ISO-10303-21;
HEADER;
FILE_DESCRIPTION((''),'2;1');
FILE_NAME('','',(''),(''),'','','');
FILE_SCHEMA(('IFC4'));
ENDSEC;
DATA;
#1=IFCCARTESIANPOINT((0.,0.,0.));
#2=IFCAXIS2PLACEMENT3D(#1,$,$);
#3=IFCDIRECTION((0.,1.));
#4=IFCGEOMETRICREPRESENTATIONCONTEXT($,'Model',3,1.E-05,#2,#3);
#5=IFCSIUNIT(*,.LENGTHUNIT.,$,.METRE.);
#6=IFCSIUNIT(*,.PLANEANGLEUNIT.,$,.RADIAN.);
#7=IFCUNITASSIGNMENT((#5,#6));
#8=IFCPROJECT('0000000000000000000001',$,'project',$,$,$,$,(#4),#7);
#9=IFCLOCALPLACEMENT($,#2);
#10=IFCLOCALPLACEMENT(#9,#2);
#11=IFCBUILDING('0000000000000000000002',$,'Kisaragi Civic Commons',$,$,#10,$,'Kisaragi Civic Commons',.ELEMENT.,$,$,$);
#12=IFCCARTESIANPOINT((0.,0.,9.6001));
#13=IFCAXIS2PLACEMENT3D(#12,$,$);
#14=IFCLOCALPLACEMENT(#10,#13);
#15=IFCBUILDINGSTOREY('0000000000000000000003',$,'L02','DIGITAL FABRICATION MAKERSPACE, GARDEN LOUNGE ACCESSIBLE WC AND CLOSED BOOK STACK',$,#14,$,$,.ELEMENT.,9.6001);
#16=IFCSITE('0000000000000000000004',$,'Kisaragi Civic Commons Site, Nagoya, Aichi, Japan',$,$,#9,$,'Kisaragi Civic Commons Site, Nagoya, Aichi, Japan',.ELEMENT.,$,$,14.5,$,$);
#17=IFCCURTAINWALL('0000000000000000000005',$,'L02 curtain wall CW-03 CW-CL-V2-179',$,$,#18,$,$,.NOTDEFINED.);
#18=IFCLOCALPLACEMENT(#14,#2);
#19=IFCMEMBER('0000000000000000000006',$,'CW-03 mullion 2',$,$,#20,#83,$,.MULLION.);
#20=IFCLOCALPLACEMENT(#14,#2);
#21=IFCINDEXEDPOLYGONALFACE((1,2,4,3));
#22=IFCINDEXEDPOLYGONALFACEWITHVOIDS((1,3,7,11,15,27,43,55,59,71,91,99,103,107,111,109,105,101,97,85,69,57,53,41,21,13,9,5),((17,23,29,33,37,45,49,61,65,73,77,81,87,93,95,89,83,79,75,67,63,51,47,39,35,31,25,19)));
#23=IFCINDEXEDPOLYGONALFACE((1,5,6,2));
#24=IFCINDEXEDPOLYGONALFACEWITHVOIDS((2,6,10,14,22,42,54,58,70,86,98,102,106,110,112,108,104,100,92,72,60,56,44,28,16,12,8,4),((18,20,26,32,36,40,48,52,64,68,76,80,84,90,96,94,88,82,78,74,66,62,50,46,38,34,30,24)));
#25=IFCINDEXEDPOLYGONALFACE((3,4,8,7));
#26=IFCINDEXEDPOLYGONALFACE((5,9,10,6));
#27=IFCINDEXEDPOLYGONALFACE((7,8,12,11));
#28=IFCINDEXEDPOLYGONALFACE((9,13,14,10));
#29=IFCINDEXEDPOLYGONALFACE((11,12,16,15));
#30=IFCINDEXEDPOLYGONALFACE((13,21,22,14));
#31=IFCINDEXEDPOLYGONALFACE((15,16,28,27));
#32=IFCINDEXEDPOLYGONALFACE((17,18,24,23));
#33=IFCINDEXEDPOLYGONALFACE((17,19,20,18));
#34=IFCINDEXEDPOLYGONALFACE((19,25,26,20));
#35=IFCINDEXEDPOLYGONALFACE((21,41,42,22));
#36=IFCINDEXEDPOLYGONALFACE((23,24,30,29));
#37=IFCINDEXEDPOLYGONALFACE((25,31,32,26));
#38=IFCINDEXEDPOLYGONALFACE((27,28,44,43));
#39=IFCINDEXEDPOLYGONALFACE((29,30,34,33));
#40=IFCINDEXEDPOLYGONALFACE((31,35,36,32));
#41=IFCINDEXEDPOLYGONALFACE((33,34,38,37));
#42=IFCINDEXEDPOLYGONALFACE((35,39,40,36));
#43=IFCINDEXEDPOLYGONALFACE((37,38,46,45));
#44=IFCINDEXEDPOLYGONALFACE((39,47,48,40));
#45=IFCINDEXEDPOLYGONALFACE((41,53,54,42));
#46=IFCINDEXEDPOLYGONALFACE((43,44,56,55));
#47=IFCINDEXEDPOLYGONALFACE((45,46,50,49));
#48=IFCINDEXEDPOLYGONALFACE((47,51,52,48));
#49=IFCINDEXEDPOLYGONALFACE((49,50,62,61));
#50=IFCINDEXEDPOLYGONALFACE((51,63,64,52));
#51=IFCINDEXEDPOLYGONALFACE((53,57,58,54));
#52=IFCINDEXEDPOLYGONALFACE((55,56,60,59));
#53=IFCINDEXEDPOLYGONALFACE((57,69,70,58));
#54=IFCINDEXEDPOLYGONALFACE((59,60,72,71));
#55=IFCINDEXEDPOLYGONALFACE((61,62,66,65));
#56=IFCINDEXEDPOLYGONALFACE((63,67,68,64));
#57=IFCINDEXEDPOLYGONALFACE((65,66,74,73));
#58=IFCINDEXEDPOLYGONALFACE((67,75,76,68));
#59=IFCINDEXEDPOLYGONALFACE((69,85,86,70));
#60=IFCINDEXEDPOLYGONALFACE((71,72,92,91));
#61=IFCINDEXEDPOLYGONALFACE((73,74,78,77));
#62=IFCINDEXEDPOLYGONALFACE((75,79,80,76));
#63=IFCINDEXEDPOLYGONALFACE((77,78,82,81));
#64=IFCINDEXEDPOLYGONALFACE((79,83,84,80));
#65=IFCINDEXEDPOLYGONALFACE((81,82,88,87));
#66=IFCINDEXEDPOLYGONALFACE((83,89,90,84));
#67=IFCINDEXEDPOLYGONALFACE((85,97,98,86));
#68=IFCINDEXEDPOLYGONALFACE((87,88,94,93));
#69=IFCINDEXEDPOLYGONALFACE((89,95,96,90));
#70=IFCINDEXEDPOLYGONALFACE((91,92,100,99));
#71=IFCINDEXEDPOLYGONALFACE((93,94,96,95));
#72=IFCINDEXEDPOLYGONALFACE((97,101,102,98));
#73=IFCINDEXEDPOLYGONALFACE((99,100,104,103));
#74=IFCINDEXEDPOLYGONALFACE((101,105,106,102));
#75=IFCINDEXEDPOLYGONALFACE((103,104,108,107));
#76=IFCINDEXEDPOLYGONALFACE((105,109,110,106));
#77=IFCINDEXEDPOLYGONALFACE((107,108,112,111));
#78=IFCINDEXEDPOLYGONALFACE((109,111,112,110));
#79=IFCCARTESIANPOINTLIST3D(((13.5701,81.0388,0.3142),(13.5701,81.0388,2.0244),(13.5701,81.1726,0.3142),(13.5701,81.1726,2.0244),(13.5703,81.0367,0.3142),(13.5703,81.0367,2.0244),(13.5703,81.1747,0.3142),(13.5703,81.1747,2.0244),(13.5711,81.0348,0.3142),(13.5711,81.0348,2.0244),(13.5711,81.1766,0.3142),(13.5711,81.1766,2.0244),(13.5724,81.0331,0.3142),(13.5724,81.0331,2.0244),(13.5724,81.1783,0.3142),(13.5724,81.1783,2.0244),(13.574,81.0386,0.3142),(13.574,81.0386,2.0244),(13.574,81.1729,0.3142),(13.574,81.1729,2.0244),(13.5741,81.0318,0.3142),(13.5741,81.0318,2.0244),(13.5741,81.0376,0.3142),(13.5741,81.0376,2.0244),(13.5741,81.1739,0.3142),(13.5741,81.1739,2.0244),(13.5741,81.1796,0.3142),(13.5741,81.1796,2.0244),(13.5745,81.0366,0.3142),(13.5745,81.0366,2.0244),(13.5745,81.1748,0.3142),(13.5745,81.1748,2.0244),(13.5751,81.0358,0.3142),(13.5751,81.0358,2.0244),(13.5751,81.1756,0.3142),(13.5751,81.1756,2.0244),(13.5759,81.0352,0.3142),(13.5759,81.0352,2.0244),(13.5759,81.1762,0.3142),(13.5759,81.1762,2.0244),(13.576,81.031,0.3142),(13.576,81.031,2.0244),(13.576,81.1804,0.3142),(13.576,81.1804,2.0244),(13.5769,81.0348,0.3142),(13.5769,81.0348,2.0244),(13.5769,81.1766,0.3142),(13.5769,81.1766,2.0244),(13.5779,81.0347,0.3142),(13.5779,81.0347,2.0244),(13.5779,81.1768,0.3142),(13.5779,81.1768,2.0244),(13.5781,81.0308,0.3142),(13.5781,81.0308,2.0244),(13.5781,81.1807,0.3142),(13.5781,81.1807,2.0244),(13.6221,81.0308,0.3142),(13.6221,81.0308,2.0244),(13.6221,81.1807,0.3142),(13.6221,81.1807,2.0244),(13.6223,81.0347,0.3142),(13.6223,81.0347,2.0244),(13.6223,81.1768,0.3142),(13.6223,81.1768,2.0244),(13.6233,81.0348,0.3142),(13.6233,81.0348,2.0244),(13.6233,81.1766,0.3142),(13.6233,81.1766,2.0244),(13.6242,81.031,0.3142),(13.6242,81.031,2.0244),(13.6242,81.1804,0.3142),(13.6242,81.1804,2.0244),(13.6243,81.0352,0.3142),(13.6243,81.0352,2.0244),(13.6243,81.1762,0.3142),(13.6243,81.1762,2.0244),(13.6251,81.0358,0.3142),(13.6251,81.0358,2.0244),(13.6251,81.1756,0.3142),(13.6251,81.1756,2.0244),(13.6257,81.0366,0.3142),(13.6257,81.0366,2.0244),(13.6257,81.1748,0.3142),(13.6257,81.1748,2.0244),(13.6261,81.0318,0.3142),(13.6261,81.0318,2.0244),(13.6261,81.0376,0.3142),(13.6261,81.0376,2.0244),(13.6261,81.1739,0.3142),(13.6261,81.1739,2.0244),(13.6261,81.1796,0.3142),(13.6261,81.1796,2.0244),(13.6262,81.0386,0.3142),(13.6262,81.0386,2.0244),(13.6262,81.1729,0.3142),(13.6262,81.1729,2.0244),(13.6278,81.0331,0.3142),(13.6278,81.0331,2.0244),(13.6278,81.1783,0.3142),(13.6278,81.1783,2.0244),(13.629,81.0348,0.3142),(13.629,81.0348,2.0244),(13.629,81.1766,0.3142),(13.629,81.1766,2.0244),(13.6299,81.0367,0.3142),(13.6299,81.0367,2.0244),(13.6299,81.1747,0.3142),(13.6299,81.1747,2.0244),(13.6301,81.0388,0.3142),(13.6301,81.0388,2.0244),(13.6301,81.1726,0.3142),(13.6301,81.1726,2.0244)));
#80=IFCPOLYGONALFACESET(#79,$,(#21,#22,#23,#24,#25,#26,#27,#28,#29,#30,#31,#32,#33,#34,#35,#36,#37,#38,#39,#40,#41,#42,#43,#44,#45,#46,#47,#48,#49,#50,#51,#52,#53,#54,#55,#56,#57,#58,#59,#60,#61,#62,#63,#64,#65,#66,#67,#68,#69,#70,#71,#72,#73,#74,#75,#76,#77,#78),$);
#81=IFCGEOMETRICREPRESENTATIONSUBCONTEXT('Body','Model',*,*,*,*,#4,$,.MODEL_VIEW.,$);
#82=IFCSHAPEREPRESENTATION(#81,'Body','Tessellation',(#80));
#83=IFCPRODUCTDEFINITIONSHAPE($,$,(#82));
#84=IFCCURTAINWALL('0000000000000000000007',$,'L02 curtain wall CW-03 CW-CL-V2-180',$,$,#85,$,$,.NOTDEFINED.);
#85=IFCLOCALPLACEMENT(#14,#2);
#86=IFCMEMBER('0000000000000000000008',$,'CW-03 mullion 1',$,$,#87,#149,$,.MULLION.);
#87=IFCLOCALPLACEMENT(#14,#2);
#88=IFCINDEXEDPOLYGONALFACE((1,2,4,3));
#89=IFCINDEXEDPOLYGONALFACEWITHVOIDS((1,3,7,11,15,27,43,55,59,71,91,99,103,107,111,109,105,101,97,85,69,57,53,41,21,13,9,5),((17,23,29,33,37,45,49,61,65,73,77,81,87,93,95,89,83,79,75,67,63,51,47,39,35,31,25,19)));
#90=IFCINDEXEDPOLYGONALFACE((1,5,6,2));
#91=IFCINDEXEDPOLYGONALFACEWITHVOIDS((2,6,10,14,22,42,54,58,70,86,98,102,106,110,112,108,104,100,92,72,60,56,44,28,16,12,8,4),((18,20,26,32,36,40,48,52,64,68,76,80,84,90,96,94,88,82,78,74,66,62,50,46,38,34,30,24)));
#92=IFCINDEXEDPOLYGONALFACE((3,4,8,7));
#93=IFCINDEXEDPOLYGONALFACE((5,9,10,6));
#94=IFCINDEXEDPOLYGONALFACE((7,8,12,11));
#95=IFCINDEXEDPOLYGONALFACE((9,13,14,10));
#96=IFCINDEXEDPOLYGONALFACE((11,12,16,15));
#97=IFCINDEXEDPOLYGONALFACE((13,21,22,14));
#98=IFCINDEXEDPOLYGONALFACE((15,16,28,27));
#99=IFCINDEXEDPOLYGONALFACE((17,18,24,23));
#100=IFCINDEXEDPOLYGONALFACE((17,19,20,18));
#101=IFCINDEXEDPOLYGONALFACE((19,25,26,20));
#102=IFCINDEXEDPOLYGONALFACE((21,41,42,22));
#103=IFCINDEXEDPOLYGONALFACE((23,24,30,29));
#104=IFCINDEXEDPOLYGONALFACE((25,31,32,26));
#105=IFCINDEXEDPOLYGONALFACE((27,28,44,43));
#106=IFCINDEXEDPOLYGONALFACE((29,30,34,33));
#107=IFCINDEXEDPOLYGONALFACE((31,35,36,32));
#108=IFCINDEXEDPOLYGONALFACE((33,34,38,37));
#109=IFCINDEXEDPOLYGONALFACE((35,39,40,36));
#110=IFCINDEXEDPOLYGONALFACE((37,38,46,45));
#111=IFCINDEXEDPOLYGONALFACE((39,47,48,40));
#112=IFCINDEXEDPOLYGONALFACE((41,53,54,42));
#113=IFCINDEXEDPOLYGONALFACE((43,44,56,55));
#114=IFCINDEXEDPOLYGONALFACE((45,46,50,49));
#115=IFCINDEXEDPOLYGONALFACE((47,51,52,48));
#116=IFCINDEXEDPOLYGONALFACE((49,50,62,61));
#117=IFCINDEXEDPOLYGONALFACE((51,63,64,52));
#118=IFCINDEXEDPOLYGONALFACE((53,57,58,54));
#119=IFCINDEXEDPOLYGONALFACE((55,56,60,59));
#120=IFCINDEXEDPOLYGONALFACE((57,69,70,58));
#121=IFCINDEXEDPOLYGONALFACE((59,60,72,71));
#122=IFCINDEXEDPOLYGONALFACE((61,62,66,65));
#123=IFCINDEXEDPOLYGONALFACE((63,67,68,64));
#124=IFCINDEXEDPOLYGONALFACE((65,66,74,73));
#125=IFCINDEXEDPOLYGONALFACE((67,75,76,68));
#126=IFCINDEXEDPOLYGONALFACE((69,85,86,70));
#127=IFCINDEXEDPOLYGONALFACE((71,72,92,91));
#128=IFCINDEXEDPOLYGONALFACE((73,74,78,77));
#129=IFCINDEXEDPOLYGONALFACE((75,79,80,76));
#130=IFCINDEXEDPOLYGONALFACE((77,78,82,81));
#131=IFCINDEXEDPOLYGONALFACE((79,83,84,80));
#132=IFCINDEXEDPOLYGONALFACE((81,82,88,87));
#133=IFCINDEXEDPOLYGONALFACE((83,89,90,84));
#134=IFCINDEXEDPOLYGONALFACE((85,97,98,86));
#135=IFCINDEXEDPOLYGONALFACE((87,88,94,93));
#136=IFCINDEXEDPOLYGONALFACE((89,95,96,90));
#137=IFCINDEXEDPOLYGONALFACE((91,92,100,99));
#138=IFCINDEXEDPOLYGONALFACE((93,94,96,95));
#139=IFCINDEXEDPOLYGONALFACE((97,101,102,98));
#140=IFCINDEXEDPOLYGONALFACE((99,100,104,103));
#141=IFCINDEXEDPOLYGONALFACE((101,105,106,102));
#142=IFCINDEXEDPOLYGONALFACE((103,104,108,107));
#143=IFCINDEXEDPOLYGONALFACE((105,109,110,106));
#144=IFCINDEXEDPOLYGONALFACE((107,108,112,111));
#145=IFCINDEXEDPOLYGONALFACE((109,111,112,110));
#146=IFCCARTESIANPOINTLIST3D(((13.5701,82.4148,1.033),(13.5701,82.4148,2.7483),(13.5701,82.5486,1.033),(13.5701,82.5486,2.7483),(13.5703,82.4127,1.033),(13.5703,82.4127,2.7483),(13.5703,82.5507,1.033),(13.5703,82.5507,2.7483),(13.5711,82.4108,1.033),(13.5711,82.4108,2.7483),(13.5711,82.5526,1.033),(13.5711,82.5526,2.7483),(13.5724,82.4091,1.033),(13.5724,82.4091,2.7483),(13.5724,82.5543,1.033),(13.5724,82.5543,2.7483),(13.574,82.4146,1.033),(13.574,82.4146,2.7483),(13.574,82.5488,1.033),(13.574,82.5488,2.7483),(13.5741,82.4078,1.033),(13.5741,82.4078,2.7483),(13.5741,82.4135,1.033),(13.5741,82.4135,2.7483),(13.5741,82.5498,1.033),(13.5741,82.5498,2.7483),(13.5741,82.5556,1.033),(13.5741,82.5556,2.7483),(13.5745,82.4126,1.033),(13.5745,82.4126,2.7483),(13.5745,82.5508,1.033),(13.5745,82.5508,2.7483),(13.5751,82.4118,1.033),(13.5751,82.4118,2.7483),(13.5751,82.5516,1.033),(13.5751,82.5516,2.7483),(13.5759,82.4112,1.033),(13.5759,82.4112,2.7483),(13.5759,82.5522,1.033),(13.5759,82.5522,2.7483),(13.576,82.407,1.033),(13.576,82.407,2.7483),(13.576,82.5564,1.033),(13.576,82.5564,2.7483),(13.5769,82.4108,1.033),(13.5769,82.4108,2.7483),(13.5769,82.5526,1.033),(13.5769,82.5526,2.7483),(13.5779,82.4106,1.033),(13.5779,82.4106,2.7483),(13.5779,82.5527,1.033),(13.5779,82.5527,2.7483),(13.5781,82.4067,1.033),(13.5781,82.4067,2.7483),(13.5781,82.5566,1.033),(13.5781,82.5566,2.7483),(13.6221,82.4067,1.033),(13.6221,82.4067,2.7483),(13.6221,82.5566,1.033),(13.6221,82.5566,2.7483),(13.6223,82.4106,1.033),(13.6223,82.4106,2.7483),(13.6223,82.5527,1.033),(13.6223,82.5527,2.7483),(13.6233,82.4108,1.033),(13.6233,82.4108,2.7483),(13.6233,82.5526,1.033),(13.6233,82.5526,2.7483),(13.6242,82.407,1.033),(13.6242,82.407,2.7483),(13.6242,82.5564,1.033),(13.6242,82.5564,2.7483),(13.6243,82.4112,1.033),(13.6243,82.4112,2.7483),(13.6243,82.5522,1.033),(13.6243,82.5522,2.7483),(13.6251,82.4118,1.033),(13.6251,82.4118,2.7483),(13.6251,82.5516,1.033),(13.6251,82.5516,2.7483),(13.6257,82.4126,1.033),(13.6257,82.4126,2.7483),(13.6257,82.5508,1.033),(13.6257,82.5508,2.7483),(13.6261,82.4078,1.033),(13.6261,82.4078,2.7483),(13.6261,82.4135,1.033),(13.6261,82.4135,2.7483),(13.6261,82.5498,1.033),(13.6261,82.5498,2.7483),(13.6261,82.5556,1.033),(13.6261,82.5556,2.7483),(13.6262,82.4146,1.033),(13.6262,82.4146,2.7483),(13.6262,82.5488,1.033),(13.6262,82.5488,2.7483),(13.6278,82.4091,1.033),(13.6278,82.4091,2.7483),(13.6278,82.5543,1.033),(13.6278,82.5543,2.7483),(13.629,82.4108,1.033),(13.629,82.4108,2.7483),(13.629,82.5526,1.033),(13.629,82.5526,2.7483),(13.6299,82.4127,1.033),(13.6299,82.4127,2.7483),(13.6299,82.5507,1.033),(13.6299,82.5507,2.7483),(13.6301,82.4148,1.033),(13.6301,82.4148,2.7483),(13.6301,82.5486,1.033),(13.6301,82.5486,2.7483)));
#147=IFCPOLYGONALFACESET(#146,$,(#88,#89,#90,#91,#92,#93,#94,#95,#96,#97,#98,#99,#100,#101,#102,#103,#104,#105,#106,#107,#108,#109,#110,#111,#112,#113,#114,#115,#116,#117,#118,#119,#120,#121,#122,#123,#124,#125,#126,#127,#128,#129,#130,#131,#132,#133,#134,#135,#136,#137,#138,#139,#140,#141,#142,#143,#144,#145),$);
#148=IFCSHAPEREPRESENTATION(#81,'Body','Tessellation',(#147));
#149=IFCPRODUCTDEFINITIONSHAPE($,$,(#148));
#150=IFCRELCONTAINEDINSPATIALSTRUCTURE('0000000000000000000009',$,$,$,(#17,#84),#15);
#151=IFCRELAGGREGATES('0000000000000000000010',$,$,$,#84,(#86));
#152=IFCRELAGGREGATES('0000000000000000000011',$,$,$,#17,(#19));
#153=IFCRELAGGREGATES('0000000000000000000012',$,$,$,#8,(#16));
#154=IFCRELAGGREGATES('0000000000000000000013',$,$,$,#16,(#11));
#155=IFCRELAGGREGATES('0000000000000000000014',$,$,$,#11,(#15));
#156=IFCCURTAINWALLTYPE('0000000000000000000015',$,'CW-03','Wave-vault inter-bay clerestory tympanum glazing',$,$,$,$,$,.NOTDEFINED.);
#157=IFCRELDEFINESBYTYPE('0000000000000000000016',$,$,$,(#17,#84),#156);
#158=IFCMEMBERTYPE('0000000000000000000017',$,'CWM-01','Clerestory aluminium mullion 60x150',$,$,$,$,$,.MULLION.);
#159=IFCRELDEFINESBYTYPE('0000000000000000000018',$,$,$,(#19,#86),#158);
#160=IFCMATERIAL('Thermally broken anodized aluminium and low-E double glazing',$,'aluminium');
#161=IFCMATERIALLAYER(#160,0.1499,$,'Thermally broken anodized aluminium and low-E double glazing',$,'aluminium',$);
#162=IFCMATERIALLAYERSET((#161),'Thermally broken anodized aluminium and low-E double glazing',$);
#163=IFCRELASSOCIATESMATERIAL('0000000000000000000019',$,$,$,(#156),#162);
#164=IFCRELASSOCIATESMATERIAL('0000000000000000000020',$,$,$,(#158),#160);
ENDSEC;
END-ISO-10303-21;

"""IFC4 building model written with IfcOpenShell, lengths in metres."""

from ifc_helpers import new_model, si_unit, direction, frame, origin, origin_2d, place, context, subcontext, project, spatial, hollow_rectangle, extrude, material, layer, layer_set, material_profile, profile_set, type_object, element, aggregate, save


model = new_model("IFC4")

# Units and contexts
model_context = context("Model", 3, precision=1e-05, world=origin(), true_north=direction((0.0, 1.0)))
body_context = subcontext(model_context, "Body", "Model", "MODEL_VIEW")
ifc_project = project(units=[si_unit("LENGTHUNIT", "METRE"), si_unit("PLANEANGLEUNIT", "RADIAN")], contexts=[model_context])

# Site, building, storey
site_placement = place(None, origin())
site = spatial("IfcSite", under=ifc_project, at=site_placement, Name="Kisaragi Civic Commons Site, Nagoya, Aichi, Japan", LongName="Kisaragi Civic Commons Site, Nagoya, Aichi, Japan", CompositionType="ELEMENT", RefElevation=14.5)
building_placement = place(site_placement, origin())
building = spatial("IfcBuilding", under=site, at=building_placement, Name="Kisaragi Civic Commons", LongName="Kisaragi Civic Commons", CompositionType="ELEMENT")
storey_placement = place(building_placement, frame((0.0, 0.0, 9.6001)))
storey = spatial("IfcBuildingStorey", under=building, at=storey_placement, Name="L02", Description="DIGITAL FABRICATION MAKERSPACE, GARDEN LOUNGE ACCESSIBLE WC AND CLOSED BOOK STACK", CompositionType="ELEMENT", Elevation=9.6001)

# Curtain wall, member
ifc_material_1 = material(Name="Thermally broken anodized aluminium and low-E double glazing", Category="aluminium")
ifc_layer_1 = layer(ifc_material_1, 0.1499, Name="Thermally broken anodized aluminium and low-E double glazing", Category="aluminium")
ifc_layer_set_1 = layer_set([ifc_layer_1], Name="Thermally broken anodized aluminium and low-E double glazing")
curtain_wall_type = type_object("IfcCurtainWallType", Name="CW-03", Description="Wave-vault inter-bay clerestory tympanum glazing", PredefinedType="NOTDEFINED", material=ifc_layer_set_1)
curtain_wall_1_placement = place(storey_placement, origin())
curtain_wall_1 = element("IfcCurtainWall", 1, at=curtain_wall_1_placement, inside=storey, type_object=curtain_wall_type, Name="L02 curtain wall CW-03 CW-CL-V2-179", PredefinedType="NOTDEFINED")
ifc_material_profile_1 = material_profile(ifc_material_1, hollow_rectangle(XDim=0.0601, YDim=0.1499, WallThickness=0.0039, InnerFilletRadius=0.0039, OuterFilletRadius=0.0081, at=origin_2d()), Name="CWM-60x150x4", Category="aluminium")
ifc_profile_set_1 = profile_set([ifc_material_profile_1], Name="Thermally broken anodized aluminium and low-E double glazing")
member_type_1 = type_object("IfcMemberType", Name="CWM-01", Description="Clerestory aluminium mullion 60x150", PredefinedType="MULLION", material=ifc_profile_set_1)
member_1_placement = place(storey_placement, frame((13.6001, 81.1057, 0.3142), z_axis=(0.0, 0.0, 1.0), x_axis=(-1.0, 0.0, 0.0)))
member_1 = element("IfcMember", 2, at=member_1_placement, type_object=member_type_1, Name="CW-03 mullion 2", PredefinedType="MULLION", context=body_context, shape_type="SweptSolid", body=[
    extrude(hollow_rectangle(XDim=0.0601, YDim=0.1499, WallThickness=0.0039, InnerFilletRadius=0.0039, OuterFilletRadius=0.0081, at=origin_2d()), origin(), (0.0, 0.0, 1.0), 1.7102),
])

# Curtain wall, member
curtain_wall_2_placement = place(storey_placement, origin())
curtain_wall_2 = element("IfcCurtainWall", 3, at=curtain_wall_2_placement, inside=storey, type_object=curtain_wall_type, Name="L02 curtain wall CW-03 CW-CL-V2-180", PredefinedType="NOTDEFINED")
member_2_placement = place(storey_placement, frame((13.6001, 82.4817, 1.033), z_axis=(0.0, 0.0, 1.0), x_axis=(-1.0, 0.0, 0.0)))
member_2 = element("IfcMember", 4, at=member_2_placement, type_object=member_type_1, Name="CW-03 mullion 1", PredefinedType="MULLION", context=body_context, shape_type="SweptSolid", body=[
    extrude(hollow_rectangle(XDim=0.0601, YDim=0.1499, WallThickness=0.0039, InnerFilletRadius=0.0039, OuterFilletRadius=0.0081, at=origin_2d()), origin(), (0.0, 0.0, 1.0), 1.7153),
])

aggregate(curtain_wall_2, [member_2])
aggregate(curtain_wall_1, [member_1])

save(model, "model.ifc")
